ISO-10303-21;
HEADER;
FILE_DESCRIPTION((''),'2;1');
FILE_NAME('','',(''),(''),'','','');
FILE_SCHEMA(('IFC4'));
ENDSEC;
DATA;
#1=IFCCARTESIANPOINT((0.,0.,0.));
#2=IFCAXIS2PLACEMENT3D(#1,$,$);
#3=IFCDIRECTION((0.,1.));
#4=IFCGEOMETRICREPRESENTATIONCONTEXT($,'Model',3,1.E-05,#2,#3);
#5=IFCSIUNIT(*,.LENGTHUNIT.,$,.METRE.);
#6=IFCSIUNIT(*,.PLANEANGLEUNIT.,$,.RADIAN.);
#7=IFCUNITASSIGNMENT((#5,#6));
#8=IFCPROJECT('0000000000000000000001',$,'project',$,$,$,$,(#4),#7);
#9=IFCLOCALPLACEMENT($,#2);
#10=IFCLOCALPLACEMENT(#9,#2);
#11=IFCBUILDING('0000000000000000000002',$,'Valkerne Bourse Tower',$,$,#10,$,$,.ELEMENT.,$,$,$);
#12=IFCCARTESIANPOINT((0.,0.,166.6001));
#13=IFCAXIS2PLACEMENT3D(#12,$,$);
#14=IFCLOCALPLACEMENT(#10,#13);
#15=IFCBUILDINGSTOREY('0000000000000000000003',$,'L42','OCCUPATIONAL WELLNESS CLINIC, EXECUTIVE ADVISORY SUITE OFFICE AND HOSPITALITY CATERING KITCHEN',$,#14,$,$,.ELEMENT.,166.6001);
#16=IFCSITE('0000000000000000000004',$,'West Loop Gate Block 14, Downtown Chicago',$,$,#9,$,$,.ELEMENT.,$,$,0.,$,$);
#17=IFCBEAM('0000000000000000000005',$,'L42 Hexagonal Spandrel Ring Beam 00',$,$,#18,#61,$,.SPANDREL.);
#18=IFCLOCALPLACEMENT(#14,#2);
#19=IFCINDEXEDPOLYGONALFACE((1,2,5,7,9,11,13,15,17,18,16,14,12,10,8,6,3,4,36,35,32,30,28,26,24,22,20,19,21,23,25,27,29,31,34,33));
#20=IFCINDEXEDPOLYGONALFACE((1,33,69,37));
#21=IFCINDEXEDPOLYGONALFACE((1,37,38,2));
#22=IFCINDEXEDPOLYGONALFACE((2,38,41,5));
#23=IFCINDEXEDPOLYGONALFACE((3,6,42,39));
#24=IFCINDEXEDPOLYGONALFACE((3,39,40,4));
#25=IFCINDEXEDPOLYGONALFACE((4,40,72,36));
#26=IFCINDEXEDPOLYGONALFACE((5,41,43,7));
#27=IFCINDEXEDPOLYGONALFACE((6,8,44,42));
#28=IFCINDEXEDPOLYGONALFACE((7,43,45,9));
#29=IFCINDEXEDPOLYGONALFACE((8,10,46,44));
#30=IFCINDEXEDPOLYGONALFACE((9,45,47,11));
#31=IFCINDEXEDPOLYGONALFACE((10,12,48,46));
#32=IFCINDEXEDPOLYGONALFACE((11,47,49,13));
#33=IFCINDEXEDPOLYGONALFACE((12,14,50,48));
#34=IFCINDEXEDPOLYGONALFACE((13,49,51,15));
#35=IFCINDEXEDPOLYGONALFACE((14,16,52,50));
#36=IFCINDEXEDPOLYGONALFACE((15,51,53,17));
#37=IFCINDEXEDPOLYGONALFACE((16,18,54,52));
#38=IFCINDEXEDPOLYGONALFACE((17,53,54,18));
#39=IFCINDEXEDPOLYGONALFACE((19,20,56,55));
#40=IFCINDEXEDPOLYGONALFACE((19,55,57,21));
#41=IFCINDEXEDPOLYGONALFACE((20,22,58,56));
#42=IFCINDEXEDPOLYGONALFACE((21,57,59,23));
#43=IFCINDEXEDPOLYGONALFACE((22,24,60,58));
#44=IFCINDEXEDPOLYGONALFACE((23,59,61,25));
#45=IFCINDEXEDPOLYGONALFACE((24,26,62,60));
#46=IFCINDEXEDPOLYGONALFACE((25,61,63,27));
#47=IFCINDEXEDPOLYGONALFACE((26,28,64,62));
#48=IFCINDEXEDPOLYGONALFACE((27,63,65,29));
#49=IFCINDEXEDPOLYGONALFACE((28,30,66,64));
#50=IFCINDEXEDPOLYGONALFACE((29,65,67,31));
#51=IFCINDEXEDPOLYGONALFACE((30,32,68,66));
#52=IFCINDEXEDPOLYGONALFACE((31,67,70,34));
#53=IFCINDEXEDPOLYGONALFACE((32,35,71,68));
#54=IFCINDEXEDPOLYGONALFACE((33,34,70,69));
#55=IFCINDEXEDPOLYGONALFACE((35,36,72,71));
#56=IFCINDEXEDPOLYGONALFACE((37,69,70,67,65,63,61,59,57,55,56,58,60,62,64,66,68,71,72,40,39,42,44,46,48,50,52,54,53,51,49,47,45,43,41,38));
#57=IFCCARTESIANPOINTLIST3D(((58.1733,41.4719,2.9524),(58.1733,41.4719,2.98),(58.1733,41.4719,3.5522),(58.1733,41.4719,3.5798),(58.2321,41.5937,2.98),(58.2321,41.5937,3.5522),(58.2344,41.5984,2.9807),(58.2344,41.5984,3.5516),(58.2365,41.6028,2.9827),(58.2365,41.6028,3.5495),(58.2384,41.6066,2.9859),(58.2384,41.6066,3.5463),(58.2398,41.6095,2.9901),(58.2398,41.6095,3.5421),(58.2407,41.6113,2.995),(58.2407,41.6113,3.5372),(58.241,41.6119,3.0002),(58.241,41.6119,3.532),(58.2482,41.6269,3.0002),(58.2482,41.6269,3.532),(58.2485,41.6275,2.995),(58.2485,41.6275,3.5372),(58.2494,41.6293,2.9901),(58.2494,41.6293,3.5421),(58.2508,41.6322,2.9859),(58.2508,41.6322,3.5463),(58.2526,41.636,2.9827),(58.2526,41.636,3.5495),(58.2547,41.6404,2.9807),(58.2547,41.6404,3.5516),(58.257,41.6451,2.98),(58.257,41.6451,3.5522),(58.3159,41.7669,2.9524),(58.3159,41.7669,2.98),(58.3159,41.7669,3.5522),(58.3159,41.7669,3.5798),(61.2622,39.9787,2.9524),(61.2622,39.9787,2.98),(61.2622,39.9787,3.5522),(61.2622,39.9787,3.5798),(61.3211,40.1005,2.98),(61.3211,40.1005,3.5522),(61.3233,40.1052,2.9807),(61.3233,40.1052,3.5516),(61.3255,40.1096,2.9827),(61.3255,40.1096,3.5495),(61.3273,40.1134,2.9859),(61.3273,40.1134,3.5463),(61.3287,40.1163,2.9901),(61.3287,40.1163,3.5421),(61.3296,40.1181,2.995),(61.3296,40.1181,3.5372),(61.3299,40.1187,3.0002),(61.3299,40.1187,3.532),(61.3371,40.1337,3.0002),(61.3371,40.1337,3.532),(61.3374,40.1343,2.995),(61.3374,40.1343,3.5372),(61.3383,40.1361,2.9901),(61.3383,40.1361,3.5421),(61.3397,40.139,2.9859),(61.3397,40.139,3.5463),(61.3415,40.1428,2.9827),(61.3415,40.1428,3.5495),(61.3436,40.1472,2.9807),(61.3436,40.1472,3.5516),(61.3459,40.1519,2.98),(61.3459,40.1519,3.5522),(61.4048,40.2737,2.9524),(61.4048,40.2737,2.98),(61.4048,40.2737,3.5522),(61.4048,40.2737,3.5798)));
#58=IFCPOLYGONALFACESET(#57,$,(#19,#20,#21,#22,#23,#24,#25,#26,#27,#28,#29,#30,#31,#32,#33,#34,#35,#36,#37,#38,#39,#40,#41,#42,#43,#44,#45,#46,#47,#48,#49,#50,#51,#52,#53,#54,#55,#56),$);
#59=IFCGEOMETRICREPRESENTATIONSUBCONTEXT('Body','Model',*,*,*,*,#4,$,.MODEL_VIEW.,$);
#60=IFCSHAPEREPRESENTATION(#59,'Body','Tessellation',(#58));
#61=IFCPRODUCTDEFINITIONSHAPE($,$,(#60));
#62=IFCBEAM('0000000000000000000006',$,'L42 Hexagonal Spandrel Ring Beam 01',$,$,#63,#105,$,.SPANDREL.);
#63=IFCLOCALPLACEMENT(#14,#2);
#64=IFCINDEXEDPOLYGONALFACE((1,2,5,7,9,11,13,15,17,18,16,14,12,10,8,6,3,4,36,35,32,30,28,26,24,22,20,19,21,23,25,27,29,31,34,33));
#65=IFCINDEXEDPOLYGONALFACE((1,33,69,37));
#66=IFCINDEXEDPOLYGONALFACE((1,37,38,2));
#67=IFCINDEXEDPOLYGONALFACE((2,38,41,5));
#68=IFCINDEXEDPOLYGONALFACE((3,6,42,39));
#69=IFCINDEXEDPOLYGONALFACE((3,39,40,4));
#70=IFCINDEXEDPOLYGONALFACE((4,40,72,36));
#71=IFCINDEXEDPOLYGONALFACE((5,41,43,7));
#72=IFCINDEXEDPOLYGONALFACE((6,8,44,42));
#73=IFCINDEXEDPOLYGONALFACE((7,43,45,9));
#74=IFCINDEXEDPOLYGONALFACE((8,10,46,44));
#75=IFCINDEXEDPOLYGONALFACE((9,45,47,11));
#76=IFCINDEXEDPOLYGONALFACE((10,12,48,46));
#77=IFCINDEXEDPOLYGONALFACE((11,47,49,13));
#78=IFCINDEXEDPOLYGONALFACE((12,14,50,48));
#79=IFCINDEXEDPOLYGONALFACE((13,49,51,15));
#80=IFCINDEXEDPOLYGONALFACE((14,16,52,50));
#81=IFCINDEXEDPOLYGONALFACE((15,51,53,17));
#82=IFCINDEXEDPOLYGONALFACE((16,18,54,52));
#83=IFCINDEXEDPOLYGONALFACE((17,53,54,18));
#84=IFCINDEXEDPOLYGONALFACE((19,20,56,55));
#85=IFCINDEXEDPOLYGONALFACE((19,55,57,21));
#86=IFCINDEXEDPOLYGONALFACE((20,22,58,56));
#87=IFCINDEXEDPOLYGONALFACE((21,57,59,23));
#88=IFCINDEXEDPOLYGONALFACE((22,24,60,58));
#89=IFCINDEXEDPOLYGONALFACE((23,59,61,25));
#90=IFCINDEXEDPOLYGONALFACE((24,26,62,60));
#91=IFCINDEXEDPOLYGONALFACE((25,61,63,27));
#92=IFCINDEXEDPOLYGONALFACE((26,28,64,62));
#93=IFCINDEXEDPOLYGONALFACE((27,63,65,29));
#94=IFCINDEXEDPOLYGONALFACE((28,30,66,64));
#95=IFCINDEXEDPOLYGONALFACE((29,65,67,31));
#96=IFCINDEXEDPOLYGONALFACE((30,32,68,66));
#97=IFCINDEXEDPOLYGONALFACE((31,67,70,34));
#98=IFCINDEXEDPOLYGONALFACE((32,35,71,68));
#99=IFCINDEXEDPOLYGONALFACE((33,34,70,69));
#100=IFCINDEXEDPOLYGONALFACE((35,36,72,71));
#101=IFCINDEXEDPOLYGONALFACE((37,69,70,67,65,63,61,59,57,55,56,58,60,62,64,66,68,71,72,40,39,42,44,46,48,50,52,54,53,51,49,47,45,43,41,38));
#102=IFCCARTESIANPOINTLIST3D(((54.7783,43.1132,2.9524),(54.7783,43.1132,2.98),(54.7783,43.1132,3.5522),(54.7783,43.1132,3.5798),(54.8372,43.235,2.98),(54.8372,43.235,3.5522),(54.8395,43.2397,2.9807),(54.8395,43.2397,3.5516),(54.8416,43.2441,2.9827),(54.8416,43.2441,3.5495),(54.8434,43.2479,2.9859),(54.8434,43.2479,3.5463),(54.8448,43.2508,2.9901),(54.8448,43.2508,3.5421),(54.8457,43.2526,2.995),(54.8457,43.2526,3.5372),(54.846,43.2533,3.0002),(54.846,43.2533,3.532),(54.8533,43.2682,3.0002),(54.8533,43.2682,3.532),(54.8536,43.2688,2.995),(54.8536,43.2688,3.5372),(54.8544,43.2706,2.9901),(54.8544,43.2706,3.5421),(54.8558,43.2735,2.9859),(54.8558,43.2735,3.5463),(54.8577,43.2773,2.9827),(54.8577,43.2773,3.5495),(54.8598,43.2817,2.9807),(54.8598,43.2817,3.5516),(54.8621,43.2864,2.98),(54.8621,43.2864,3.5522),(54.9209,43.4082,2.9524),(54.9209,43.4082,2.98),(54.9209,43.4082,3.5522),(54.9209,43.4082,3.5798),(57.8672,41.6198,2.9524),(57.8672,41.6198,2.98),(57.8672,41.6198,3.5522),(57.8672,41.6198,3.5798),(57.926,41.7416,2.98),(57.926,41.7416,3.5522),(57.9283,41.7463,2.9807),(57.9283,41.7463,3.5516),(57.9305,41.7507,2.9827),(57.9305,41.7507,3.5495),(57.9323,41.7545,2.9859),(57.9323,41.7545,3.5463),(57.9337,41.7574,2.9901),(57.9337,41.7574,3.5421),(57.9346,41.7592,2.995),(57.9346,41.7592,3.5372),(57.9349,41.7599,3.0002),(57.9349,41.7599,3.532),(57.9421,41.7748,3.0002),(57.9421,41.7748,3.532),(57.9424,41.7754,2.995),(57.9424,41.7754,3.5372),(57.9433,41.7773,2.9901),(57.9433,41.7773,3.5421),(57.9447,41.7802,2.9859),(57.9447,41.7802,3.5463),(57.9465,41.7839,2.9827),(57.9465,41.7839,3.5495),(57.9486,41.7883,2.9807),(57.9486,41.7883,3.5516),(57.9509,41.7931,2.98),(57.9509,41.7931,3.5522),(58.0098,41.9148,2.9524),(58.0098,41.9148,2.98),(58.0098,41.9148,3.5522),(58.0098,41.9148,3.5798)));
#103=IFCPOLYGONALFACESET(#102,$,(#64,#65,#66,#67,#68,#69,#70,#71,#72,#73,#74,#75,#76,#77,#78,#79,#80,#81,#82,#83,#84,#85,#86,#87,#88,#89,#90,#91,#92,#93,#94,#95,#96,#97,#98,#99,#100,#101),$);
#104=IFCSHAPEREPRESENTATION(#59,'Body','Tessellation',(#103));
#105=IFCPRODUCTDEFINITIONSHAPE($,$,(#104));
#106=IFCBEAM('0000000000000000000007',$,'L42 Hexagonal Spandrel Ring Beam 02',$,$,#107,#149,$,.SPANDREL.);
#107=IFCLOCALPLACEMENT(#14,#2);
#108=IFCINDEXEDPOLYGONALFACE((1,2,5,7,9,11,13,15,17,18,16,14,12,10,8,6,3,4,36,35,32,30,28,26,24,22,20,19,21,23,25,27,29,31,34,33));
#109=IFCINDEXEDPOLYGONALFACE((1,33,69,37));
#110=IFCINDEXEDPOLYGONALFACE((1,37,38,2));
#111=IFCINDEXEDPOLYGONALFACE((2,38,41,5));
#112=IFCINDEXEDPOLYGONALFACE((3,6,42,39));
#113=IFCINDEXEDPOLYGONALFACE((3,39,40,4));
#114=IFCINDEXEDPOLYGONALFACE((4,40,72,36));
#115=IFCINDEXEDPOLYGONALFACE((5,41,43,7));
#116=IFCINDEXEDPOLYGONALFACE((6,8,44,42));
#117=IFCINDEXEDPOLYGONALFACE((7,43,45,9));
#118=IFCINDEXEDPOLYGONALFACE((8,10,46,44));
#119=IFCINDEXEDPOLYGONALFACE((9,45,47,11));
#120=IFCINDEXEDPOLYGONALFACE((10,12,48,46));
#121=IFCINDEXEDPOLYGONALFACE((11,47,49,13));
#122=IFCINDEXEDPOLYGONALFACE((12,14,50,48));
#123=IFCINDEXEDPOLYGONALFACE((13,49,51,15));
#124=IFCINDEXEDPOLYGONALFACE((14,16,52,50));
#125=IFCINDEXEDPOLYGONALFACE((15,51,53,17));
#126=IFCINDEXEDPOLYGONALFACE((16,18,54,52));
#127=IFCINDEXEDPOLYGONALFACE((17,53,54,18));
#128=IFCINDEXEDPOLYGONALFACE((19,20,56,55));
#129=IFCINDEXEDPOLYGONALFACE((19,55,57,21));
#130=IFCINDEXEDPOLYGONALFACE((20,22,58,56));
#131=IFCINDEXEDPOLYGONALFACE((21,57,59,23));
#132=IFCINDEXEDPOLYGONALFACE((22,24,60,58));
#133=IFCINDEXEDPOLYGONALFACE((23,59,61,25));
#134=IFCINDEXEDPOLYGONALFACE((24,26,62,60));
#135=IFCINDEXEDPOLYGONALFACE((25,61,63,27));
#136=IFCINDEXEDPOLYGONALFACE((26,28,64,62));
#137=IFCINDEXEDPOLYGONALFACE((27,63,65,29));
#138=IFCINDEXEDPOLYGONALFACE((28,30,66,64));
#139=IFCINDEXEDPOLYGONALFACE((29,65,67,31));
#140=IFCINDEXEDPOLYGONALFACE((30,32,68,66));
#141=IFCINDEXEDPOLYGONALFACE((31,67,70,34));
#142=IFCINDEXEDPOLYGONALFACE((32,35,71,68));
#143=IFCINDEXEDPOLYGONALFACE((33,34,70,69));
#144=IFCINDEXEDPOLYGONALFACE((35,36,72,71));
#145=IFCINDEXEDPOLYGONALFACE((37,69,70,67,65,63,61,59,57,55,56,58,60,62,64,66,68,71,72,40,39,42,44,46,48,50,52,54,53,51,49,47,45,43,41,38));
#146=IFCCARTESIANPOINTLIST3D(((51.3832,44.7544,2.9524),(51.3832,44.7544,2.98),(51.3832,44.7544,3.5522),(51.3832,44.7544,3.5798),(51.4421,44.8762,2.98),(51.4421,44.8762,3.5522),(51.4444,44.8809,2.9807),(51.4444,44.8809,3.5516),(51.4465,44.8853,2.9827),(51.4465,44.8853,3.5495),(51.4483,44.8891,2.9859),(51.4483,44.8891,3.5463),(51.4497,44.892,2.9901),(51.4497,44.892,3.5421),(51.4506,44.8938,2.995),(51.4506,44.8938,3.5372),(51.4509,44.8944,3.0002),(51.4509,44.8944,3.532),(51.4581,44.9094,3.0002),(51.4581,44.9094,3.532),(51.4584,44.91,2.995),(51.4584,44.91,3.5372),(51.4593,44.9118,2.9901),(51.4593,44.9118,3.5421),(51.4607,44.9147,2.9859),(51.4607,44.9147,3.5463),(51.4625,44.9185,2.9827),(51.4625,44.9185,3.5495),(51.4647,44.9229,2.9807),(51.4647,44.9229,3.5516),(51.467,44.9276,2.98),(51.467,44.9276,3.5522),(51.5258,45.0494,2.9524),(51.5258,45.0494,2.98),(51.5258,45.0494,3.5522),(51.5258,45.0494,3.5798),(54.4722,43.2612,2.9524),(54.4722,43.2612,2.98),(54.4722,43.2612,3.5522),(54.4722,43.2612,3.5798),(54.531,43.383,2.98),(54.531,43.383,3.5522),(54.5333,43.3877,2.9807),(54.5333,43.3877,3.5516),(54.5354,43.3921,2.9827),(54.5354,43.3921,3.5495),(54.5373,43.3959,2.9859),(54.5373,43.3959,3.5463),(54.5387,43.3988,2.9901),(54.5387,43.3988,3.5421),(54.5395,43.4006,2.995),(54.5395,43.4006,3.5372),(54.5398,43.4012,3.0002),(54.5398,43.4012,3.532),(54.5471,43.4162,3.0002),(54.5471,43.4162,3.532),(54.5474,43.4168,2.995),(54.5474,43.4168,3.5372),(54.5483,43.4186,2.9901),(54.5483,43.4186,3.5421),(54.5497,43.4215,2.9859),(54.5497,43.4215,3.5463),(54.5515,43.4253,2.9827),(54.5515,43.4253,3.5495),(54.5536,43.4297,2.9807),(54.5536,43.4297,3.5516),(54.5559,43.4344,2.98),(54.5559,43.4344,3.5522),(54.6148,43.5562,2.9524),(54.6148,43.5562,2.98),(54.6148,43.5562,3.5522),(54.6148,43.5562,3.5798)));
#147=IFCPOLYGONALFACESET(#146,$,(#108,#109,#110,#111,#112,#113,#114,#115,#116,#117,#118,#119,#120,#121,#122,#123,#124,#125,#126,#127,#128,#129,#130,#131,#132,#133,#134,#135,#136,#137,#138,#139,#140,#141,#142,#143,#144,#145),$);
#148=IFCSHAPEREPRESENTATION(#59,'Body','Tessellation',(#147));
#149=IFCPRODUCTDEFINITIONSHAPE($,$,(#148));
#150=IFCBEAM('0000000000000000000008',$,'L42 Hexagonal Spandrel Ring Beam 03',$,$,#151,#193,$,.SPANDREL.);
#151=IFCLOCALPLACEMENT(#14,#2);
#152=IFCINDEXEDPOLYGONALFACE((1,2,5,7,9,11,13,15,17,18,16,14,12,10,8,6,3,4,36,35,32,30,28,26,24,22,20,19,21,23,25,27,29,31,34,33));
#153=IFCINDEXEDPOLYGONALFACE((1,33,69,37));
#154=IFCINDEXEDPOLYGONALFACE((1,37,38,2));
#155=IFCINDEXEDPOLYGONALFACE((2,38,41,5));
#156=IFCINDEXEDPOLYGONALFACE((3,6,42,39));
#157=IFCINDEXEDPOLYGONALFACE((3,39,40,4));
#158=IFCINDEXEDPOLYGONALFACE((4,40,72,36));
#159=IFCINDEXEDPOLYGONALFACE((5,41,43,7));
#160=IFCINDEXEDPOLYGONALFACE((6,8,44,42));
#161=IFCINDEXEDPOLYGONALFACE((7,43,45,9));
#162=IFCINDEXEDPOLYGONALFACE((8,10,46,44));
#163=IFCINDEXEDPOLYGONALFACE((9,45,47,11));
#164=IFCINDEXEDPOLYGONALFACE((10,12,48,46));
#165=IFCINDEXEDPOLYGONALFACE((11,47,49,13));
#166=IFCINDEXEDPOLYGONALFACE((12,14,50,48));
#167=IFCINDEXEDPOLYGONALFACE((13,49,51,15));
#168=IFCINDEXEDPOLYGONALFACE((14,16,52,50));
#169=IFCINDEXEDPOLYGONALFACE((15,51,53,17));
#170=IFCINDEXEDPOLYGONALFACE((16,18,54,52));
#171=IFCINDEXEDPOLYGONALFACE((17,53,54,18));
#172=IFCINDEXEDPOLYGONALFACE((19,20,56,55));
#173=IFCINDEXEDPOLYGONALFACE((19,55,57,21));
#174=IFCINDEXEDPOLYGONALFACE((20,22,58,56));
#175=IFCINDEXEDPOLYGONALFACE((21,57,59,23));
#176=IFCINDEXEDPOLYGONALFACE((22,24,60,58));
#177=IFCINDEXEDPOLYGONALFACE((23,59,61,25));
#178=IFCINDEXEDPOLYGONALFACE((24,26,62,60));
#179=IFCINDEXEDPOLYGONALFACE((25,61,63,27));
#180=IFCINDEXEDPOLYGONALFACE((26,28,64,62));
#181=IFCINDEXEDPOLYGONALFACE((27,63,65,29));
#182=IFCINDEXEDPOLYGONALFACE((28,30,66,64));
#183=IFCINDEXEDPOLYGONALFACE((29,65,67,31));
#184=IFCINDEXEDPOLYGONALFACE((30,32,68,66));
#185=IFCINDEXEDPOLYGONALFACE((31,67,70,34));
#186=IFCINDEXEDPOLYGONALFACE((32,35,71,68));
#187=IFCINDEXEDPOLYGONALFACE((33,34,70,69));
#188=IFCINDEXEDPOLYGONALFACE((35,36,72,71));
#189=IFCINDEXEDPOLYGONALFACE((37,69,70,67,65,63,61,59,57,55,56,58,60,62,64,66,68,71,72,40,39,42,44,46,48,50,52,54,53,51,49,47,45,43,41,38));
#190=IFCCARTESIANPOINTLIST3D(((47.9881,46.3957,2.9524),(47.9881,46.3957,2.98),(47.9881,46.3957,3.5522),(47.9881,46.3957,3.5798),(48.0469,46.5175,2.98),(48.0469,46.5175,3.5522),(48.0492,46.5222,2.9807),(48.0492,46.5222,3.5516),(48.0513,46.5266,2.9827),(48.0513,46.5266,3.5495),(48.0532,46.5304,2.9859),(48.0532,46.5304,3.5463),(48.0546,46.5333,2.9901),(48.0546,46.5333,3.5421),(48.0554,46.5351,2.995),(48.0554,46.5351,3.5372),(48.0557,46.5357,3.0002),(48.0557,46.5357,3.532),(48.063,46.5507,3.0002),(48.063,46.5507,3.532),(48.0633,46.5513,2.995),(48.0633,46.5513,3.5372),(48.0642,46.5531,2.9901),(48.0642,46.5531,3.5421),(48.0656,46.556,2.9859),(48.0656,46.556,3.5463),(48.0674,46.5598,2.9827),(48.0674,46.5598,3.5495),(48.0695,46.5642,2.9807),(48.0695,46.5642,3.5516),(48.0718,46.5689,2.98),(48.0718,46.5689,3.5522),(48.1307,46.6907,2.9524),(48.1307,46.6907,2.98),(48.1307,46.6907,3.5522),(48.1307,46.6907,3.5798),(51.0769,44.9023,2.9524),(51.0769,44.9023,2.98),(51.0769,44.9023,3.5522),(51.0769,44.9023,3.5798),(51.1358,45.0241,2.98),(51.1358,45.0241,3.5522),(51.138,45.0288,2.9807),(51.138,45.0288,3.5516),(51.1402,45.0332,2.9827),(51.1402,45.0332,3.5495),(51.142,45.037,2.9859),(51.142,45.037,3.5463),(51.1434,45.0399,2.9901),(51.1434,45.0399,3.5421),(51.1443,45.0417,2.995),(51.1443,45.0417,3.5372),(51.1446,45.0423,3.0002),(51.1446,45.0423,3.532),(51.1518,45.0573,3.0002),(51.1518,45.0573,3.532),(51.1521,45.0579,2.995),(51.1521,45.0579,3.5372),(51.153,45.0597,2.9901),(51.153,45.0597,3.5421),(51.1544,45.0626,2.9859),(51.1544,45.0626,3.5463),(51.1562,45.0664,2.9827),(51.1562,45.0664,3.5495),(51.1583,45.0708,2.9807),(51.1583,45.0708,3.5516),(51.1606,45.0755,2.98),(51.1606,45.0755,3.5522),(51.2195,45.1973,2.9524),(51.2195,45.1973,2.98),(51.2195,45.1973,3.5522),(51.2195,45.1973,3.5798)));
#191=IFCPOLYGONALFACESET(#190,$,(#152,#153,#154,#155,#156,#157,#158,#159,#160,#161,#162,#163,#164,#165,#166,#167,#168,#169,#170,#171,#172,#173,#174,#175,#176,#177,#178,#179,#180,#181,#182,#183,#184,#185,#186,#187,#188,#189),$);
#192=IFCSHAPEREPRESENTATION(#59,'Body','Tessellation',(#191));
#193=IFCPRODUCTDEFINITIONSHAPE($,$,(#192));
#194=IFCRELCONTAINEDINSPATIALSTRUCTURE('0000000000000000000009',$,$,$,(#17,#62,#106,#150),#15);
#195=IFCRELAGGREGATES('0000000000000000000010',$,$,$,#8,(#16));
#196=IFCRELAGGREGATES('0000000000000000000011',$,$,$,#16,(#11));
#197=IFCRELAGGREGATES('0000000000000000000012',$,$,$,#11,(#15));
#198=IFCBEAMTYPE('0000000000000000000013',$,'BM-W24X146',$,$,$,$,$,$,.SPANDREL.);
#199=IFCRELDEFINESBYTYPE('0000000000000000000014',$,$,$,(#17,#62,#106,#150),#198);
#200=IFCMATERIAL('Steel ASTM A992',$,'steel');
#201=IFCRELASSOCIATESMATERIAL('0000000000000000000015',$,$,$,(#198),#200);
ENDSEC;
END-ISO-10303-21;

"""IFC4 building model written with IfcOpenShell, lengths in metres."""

from ifc_helpers import new_model, si_unit, direction, frame, origin, origin_2d, place, context, subcontext, project, spatial, i_section, extrude, material, material_profile, profile_set, type_object, element, save


model = new_model("IFC4")

# Units and contexts
model_context = context("Model", 3, precision=1e-05, world=origin(), true_north=direction((0.0, 1.0)))
body_context = subcontext(model_context, "Body", "Model", "MODEL_VIEW")
ifc_project = project(units=[si_unit("LENGTHUNIT", "METRE"), si_unit("PLANEANGLEUNIT", "RADIAN")], contexts=[model_context])

# Site, building, storey
site_placement = place(None, origin())
site = spatial("IfcSite", under=ifc_project, at=site_placement, Name="West Loop Gate Block 14, Downtown Chicago", CompositionType="ELEMENT", RefElevation=0.0)
building_placement = place(site_placement, origin())
building = spatial("IfcBuilding", under=site, at=building_placement, Name="Valkerne Bourse Tower", CompositionType="ELEMENT")
storey_placement = place(building_placement, frame((0.0, 0.0, 166.6001)))
storey = spatial("IfcBuildingStorey", under=building, at=storey_placement, Name="L42", Description="OCCUPATIONAL WELLNESS CLINIC, EXECUTIVE ADVISORY SUITE OFFICE AND HOSPITALITY CATERING KITCHEN", CompositionType="ELEMENT", Elevation=166.6001)

# Beams
ifc_material_1 = material(Name="Steel ASTM A992", Category="steel")
ifc_material_profile_1 = material_profile(ifc_material_1, i_section(OverallWidth=0.3276, OverallDepth=0.6274, WebThickness=0.0166, FlangeThickness=0.0276, FilletRadius=0.0203, at=origin_2d()), Name="W24X146")
ifc_profile_set_1 = profile_set([ifc_material_profile_1], Name="Steel ASTM A992")
beam_type = type_object("IfcBeamType", Name="BM-W24X146", PredefinedType="SPANDREL", material=ifc_profile_set_1)
for number, where, z_axis, x_axis, name in (
    (1, (61.3335, 40.1262, 3.2661), (-0.900325, 0.435219, 0.0), (-0.435219, -0.900325, 0.0), "L42 Hexagonal Spandrel Ring Beam 00"),
    (2, (57.9385, 41.7673, 3.2661), (-0.900297, 0.435276, 0.0), (-0.435276, -0.900297, 0.0), "L42 Hexagonal Spandrel Ring Beam 01"),
    (3, (54.5435, 43.4087, 3.2661), (-0.900325, 0.435219, 0.0), (-0.435219, -0.900325, 0.0), "L42 Hexagonal Spandrel Ring Beam 02"),
    (4, (51.1482, 45.0498, 3.2661), (-0.900297, 0.435276, 0.0), (-0.435276, -0.900297, 0.0), "L42 Hexagonal Spandrel Ring Beam 03"),
):
    element("IfcBeam", number, at=place(storey_placement, frame(where, z_axis=z_axis, x_axis=x_axis)), inside=storey, type_object=beam_type, Name=name, PredefinedType="SPANDREL", context=body_context, shape_type="SweptSolid", body=[
        extrude(i_section(OverallWidth=0.3276, OverallDepth=0.6274, WebThickness=0.0166, FlangeThickness=0.0276, FilletRadius=0.0203, at=origin_2d()), origin(), (0.0, 0.0, 1.0), 3.4309),
    ])

save(model, "model.ifc")
